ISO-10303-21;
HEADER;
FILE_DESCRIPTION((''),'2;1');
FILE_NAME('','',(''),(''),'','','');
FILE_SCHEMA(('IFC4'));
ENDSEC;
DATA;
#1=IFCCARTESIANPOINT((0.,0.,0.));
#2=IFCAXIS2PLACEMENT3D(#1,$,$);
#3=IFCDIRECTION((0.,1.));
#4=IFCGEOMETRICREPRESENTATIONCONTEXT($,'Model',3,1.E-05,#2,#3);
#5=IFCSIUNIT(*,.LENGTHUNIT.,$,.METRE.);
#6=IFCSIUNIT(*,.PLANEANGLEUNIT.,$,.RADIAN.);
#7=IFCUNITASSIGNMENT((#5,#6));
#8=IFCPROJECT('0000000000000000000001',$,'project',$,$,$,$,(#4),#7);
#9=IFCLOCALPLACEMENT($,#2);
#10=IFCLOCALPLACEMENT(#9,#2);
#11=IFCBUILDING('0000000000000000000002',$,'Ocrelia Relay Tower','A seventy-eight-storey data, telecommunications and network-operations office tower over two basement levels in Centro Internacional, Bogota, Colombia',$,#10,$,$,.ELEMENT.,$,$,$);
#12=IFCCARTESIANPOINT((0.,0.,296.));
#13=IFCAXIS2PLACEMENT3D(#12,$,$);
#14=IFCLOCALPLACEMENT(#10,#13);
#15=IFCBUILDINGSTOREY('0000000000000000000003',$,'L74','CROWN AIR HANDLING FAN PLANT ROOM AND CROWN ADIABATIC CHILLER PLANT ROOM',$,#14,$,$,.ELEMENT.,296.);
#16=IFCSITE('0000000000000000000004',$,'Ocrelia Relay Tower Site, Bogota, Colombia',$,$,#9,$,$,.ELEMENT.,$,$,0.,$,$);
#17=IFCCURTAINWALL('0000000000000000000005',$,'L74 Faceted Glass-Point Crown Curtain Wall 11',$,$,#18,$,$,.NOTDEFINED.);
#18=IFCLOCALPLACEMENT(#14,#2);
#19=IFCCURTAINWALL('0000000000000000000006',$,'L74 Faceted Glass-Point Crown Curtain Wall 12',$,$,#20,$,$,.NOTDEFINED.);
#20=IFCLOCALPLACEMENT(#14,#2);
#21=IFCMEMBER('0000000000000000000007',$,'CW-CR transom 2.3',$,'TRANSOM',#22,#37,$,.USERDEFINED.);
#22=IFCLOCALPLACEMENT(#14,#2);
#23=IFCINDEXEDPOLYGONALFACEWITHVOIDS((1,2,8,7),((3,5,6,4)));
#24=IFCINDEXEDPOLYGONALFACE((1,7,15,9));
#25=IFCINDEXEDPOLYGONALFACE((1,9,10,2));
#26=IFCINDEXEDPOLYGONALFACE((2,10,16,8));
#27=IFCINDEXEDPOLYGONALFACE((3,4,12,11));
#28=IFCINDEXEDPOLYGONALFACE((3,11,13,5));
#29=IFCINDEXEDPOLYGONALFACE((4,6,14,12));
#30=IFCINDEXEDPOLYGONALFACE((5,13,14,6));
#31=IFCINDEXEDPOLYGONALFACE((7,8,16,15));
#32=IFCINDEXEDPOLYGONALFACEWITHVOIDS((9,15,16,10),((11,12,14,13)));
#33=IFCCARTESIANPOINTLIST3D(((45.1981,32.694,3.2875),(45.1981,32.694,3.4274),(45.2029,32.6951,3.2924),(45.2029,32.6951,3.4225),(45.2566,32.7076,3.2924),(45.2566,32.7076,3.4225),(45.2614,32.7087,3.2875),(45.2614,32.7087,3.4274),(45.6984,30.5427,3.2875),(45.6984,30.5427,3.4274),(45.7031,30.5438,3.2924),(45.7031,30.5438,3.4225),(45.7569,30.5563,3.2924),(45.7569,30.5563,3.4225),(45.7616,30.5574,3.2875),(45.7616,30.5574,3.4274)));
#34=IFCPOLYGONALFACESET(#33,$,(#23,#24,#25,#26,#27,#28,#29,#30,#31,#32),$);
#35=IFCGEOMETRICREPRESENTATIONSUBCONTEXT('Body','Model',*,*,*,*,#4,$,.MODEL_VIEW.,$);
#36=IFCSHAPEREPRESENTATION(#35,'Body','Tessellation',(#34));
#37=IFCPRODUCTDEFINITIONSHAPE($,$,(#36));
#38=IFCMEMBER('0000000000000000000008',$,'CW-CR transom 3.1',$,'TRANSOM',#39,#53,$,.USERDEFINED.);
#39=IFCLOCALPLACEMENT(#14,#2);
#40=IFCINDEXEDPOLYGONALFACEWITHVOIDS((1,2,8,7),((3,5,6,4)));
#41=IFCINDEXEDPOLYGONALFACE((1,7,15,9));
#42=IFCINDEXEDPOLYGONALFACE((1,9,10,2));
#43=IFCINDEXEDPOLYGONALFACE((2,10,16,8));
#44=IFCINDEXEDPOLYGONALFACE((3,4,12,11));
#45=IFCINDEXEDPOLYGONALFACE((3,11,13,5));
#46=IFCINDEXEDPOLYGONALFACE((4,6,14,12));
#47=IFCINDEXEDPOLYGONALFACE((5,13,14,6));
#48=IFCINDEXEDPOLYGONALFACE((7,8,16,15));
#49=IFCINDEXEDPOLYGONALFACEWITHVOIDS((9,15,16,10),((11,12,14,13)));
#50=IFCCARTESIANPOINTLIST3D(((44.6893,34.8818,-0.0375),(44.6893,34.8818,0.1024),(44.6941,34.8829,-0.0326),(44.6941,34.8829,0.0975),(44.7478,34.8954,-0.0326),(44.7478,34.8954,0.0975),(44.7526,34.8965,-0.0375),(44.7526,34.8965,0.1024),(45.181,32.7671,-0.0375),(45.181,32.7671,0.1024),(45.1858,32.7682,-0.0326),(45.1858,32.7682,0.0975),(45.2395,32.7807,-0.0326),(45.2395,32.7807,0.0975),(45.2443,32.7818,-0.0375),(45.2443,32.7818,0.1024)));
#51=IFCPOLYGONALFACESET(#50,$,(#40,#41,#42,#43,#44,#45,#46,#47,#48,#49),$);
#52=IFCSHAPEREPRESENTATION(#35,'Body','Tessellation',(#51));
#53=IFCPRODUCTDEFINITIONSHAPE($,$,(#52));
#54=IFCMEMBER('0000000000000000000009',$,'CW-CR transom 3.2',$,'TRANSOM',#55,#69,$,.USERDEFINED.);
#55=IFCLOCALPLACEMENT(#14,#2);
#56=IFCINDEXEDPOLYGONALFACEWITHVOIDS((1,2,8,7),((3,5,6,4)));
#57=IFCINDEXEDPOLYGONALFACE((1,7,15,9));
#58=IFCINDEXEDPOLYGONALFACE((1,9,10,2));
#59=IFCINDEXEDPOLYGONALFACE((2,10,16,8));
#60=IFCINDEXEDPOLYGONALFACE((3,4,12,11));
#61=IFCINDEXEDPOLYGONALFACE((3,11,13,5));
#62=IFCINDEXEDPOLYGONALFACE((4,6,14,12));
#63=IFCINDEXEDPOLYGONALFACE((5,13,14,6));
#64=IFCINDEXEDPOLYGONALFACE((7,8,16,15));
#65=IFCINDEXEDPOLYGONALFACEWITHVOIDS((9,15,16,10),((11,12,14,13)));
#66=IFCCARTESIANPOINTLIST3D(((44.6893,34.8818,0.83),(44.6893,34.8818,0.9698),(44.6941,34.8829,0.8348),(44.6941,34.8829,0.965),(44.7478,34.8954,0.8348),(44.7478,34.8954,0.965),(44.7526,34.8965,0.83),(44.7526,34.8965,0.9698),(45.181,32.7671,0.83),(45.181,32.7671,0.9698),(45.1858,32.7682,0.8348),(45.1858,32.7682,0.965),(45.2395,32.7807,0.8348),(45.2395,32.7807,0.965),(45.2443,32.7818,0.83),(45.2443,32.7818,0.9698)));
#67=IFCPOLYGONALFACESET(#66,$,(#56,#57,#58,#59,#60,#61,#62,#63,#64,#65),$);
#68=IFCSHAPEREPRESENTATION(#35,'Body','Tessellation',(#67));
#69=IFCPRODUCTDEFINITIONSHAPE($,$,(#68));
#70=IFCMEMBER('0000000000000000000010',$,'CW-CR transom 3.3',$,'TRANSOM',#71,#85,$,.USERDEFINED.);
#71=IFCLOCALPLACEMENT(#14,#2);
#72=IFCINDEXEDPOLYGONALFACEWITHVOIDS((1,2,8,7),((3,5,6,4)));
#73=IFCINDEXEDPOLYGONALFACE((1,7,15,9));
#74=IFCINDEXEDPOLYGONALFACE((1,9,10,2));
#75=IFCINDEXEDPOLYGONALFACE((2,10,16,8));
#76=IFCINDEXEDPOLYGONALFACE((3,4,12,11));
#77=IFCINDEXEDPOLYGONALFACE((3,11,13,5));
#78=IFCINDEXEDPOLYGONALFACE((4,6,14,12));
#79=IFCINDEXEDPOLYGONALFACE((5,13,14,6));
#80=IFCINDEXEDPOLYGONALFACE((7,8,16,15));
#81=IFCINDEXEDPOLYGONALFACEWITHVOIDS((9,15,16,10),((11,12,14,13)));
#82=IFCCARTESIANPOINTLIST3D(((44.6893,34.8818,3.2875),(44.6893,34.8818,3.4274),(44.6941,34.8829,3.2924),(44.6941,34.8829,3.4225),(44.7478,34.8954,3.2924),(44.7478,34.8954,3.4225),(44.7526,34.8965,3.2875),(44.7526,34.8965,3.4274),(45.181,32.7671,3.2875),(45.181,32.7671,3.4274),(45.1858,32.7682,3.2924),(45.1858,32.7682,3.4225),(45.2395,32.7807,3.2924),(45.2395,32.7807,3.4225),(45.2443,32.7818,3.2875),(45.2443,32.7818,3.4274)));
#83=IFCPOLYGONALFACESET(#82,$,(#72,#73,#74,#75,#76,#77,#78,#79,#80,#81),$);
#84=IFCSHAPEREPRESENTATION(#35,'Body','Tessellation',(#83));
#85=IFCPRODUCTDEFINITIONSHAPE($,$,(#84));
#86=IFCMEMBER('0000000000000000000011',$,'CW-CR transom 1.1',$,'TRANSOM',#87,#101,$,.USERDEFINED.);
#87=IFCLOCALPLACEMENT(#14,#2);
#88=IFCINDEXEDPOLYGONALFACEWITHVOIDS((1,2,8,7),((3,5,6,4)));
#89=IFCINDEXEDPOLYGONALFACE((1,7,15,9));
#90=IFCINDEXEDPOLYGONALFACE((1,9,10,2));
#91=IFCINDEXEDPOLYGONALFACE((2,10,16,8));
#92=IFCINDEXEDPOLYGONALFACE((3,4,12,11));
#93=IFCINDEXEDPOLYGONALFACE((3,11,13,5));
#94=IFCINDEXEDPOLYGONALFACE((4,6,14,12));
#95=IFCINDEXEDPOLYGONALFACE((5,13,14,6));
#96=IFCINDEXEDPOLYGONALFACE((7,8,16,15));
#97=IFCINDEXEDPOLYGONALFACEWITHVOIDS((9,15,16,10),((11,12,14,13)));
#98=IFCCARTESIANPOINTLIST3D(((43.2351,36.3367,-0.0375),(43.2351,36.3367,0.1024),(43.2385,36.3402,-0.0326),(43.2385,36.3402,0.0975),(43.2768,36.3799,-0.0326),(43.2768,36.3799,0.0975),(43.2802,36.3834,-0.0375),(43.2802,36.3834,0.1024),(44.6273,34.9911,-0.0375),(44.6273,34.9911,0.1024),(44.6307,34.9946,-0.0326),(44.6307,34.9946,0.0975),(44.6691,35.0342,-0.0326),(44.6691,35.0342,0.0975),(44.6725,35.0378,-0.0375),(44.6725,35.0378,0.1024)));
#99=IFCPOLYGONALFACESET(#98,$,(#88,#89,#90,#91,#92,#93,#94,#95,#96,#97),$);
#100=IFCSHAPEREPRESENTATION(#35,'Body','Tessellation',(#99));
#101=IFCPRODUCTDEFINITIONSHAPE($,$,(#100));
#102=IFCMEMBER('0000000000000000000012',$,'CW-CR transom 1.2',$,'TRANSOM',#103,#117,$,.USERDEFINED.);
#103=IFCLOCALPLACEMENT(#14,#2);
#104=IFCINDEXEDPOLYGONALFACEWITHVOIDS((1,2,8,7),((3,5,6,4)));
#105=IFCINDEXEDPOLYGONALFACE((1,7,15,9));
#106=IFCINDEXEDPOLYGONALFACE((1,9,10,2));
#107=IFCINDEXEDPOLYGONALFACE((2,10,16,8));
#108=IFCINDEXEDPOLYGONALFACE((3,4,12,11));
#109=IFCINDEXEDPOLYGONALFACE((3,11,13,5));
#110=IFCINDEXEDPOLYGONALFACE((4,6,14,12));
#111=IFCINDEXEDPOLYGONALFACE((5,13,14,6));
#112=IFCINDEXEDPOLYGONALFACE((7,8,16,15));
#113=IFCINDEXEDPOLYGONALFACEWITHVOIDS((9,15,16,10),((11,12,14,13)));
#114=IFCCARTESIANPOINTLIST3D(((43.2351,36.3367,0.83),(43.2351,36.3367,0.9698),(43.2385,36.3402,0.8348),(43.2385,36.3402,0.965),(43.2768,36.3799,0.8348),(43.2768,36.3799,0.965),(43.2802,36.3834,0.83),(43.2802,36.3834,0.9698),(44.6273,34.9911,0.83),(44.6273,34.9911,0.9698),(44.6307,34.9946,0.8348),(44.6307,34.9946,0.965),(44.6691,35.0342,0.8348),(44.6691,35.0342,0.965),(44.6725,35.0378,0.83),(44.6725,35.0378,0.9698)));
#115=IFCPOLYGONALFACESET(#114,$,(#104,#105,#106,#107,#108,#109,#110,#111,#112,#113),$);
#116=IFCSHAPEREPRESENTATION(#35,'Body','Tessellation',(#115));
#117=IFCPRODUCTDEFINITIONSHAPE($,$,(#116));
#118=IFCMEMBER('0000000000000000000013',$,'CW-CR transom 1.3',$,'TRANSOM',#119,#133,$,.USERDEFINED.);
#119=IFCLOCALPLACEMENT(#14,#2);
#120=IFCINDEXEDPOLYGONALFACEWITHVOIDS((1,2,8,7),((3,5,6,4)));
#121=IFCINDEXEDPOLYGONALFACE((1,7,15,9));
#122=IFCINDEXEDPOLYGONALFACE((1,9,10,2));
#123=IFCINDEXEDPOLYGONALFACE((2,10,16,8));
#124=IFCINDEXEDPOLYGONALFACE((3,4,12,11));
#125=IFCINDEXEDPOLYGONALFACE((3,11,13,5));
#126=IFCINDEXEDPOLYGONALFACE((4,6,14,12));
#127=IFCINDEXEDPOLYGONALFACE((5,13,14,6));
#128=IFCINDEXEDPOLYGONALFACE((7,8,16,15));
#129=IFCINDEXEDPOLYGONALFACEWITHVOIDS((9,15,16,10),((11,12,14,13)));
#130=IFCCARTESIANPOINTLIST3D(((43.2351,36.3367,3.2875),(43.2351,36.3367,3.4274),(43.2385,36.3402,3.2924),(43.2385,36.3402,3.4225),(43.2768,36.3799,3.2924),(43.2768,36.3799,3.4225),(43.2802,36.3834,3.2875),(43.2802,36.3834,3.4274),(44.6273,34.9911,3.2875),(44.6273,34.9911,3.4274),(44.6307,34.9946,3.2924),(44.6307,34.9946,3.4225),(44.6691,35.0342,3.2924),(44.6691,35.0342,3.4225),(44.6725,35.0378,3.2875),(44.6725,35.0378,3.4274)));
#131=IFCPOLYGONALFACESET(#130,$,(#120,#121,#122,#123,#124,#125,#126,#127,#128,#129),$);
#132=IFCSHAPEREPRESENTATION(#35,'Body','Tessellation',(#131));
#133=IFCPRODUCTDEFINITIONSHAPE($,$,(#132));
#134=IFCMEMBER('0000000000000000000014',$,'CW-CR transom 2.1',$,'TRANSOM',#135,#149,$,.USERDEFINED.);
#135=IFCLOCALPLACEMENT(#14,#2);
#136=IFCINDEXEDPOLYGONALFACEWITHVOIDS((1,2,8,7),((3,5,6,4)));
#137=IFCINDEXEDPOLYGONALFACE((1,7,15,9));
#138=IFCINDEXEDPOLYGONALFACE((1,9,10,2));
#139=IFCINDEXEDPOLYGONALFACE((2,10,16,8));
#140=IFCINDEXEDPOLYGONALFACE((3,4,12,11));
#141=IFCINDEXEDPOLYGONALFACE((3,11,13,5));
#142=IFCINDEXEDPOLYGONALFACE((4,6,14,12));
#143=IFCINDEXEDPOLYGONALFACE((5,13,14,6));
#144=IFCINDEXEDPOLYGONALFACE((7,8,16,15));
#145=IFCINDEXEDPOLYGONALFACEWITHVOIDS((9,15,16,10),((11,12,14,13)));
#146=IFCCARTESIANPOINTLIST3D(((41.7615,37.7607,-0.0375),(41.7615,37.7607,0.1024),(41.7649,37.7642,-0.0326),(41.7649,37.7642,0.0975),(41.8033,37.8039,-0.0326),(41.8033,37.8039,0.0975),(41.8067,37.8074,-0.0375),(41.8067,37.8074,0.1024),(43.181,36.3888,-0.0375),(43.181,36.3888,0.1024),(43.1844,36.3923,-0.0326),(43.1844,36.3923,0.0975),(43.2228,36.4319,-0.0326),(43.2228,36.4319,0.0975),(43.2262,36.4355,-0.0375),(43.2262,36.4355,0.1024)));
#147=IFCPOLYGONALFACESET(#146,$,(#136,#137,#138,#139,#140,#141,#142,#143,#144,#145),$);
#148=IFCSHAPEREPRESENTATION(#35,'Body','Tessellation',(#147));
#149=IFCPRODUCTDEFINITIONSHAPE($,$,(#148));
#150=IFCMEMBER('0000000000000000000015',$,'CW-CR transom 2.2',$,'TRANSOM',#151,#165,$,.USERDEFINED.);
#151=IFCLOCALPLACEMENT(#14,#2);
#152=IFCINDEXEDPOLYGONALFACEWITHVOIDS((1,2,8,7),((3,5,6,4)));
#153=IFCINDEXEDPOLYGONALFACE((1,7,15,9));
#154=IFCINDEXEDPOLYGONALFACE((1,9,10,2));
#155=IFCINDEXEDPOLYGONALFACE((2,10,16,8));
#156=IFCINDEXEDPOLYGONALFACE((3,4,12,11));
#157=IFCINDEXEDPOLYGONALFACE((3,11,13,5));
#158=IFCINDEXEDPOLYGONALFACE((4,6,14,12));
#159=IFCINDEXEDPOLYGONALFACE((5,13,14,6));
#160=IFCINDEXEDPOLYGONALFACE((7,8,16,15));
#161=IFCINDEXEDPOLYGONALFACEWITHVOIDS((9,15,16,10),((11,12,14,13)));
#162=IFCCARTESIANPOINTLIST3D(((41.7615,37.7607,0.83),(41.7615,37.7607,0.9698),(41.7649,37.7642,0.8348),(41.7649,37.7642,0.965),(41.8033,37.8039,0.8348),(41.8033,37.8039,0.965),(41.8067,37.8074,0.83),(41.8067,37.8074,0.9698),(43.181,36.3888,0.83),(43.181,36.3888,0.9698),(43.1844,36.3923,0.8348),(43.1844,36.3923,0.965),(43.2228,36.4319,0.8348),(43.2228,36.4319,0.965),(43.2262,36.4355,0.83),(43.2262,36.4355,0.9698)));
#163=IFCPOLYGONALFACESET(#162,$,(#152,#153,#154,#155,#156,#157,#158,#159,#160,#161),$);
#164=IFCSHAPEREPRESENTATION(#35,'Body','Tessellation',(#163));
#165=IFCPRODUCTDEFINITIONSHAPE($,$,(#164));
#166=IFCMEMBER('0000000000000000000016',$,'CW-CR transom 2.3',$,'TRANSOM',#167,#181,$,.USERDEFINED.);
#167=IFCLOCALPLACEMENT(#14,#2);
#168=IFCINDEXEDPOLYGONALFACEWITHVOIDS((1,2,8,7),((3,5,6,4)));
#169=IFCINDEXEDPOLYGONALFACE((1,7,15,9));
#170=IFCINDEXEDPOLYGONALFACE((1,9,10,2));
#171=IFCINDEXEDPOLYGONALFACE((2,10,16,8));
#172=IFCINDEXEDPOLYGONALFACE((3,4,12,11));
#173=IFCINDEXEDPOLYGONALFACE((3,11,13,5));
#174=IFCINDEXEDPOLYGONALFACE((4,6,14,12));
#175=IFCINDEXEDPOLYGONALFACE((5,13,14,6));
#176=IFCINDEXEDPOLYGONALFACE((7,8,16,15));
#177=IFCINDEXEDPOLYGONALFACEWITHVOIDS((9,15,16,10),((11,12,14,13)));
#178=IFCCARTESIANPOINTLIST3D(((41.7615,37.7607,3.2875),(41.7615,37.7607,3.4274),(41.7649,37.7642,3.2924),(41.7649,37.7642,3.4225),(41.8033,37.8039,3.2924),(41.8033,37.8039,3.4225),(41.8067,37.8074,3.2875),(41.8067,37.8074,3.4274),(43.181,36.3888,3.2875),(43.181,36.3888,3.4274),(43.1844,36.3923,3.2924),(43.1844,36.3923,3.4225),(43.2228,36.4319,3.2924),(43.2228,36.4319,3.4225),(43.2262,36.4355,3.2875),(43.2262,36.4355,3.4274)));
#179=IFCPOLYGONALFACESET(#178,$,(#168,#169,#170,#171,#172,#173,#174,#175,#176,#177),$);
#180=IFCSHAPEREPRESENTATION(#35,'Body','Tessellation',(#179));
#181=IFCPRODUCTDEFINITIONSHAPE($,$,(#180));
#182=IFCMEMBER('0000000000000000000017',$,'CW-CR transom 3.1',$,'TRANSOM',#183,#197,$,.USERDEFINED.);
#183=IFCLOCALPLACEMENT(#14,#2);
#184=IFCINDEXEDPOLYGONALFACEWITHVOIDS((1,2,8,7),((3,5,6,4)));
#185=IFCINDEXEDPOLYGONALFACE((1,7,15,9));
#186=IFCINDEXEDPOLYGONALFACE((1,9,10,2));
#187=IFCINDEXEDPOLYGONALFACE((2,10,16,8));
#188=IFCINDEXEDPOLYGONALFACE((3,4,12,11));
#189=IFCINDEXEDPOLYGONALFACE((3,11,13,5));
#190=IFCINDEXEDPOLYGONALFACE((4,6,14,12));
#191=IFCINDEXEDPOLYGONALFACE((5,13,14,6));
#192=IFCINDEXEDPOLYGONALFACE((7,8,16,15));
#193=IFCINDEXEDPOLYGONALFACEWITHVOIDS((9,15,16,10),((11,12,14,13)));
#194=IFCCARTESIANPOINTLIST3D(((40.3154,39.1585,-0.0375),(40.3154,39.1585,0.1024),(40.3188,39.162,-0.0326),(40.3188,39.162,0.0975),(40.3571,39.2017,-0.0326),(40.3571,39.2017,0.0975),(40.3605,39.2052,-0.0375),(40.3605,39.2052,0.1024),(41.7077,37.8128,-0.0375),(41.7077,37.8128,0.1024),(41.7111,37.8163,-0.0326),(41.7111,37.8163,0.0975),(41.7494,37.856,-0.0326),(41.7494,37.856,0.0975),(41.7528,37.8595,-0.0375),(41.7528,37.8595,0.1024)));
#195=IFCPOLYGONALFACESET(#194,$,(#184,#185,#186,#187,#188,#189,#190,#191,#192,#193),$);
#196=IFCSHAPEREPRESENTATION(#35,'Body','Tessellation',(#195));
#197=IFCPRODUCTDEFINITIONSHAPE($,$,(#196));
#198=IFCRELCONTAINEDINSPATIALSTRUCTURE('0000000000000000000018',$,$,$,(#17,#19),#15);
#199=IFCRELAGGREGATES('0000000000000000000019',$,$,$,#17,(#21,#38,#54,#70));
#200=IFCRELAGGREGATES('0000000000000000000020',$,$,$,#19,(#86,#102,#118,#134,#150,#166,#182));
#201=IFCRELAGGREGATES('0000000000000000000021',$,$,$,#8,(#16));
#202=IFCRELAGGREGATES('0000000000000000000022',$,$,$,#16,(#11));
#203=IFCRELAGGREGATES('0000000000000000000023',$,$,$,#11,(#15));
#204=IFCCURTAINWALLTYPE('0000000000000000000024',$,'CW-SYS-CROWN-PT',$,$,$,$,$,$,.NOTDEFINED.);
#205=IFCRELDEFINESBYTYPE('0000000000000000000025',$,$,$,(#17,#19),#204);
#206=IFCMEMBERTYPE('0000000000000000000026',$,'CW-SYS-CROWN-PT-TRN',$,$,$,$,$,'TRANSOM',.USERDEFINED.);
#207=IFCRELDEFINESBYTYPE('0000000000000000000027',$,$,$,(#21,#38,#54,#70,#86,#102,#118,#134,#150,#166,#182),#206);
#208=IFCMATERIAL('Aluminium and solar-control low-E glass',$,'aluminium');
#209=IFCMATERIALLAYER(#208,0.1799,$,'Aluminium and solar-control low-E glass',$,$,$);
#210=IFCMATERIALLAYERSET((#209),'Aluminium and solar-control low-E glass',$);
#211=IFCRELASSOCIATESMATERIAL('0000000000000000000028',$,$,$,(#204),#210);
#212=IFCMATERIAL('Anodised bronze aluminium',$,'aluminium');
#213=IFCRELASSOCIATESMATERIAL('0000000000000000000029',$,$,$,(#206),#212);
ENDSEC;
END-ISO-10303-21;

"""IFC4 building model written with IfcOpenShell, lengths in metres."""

from ifc_helpers import new_model, si_unit, direction, frame, origin, origin_2d, place, context, subcontext, project, spatial, hollow_rectangle, extrude, material, layer, layer_set, material_profile, profile_set, type_object, element, aggregate, save


model = new_model("IFC4")

# Units and contexts
model_context = context("Model", 3, precision=1e-05, world=origin(), true_north=direction((0.0, 1.0)))
body_context = subcontext(model_context, "Body", "Model", "MODEL_VIEW")
ifc_project = project(units=[si_unit("LENGTHUNIT", "METRE"), si_unit("PLANEANGLEUNIT", "RADIAN")], contexts=[model_context])

# Site, building, storey
site_placement = place(None, origin())
site = spatial("IfcSite", under=ifc_project, at=site_placement, Name="Ocrelia Relay Tower Site, Bogota, Colombia", CompositionType="ELEMENT", RefElevation=0.0)
building_placement = place(site_placement, origin())
building = spatial("IfcBuilding", under=site, at=building_placement, Name="Ocrelia Relay Tower", Description="A seventy-eight-storey data, telecommunications and network-operations office tower over two basement levels in Centro Internacional, Bogota, Colombia", CompositionType="ELEMENT")
storey_placement = place(building_placement, frame((0.0, 0.0, 296.0)))
storey = spatial("IfcBuildingStorey", under=building, at=storey_placement, Name="L74", Description="CROWN AIR HANDLING FAN PLANT ROOM AND CROWN ADIABATIC CHILLER PLANT ROOM", CompositionType="ELEMENT", Elevation=296.0)

# Curtain walls
ifc_material_1 = material(Name="Aluminium and solar-control low-E glass", Category="aluminium")
ifc_layer_1 = layer(ifc_material_1, 0.1799, Name="Aluminium and solar-control low-E glass")
ifc_layer_set_1 = layer_set([ifc_layer_1], Name="Aluminium and solar-control low-E glass")
curtain_wall_type = type_object("IfcCurtainWallType", Name="CW-SYS-CROWN-PT", PredefinedType="NOTDEFINED", material=ifc_layer_set_1)
curtain_wall_1_placement = place(storey_placement, origin())
curtain_wall_1 = element("IfcCurtainWall", 1, at=curtain_wall_1_placement, inside=storey, type_object=curtain_wall_type, Name="L74 Faceted Glass-Point Crown Curtain Wall 11", PredefinedType="NOTDEFINED")
ifc_material_2 = material(Name="Anodised bronze aluminium", Category="aluminium")
curtain_wall_2_placement = place(storey_placement, origin())
curtain_wall_2 = element("IfcCurtainWall", 2, at=curtain_wall_2_placement, inside=storey, type_object=curtain_wall_type, Name="L74 Faceted Glass-Point Crown Curtain Wall 12", PredefinedType="NOTDEFINED")

# Members
ifc_material_profile_1 = material_profile(ifc_material_2, hollow_rectangle(XDim=0.0649, YDim=0.1399, WallThickness=0.0049, at=origin_2d()), Name="CW-TRN-140x65")
ifc_profile_set_1 = profile_set([ifc_material_profile_1], Name="Anodised bronze aluminium")
member_type_1 = type_object("IfcMemberType", Name="CW-SYS-CROWN-PT-TRN", ElementType="TRANSOM", PredefinedType="USERDEFINED", material=ifc_profile_set_1)
member_1_placement = place(storey_placement, frame((45.73, 30.55, 3.3574), z_axis=(-0.226482, 0.974015, 0.0), x_axis=(-0.974015, -0.226482, 0.0)))
member_1 = element("IfcMember", 3, at=member_1_placement, type_object=member_type_1, Name="CW-CR transom 2.3", ObjectType="TRANSOM", PredefinedType="USERDEFINED", context=body_context, shape_type="SweptSolid", body=[
    extrude(hollow_rectangle(XDim=0.0649, YDim=0.1399, WallThickness=0.0049, at=origin_2d()), origin(), (0.0, 0.0, 1.0), 2.2087),
])
member_2_placement = place(storey_placement, frame((45.2126, 32.7744, 0.0325), z_axis=(-0.226469, 0.974018, 0.0), x_axis=(-0.974018, -0.226469, 0.0)))
member_2 = element("IfcMember", 4, at=member_2_placement, type_object=member_type_1, Name="CW-CR transom 3.1", ObjectType="TRANSOM", PredefinedType="USERDEFINED", context=body_context, shape_type="SweptSolid", body=[
    extrude(hollow_rectangle(XDim=0.0649, YDim=0.1399, WallThickness=0.0049, at=origin_2d()), origin(), (0.0, 0.0, 1.0), 2.1711),
])
member_3_placement = place(storey_placement, frame((45.2126, 32.7744, 0.8999), z_axis=(-0.226469, 0.974018, 0.0), x_axis=(-0.974018, -0.226469, 0.0)))
member_3 = element("IfcMember", 5, at=member_3_placement, type_object=member_type_1, Name="CW-CR transom 3.2", ObjectType="TRANSOM", PredefinedType="USERDEFINED", context=body_context, shape_type="SweptSolid", body=[
    extrude(hollow_rectangle(XDim=0.0649, YDim=0.1399, WallThickness=0.0049, at=origin_2d()), origin(), (0.0, 0.0, 1.0), 2.1711),
])
member_4_placement = place(storey_placement, frame((45.2126, 32.7744, 3.3574), z_axis=(-0.226469, 0.974018, 0.0), x_axis=(-0.974018, -0.226469, 0.0)))
member_4 = element("IfcMember", 6, at=member_4_placement, type_object=member_type_1, Name="CW-CR transom 3.3", ObjectType="TRANSOM", PredefinedType="USERDEFINED", context=body_context, shape_type="SweptSolid", body=[
    extrude(hollow_rectangle(XDim=0.0649, YDim=0.1399, WallThickness=0.0049, at=origin_2d()), origin(), (0.0, 0.0, 1.0), 2.1711),
])
member_5_placement = place(storey_placement, frame((44.6499, 35.0144, 0.0325), z_axis=(-0.719045, 0.694963, 0.0), x_axis=(-0.694963, -0.719045, 0.0)))
member_5 = element("IfcMember", 7, at=member_5_placement, type_object=member_type_1, Name="CW-CR transom 1.1", ObjectType="TRANSOM", PredefinedType="USERDEFINED", context=body_context, shape_type="SweptSolid", body=[
    extrude(hollow_rectangle(XDim=0.0649, YDim=0.1399, WallThickness=0.0049, at=origin_2d()), origin(), (0.0, 0.0, 1.0), 1.9363),
])
member_6_placement = place(storey_placement, frame((44.6499, 35.0144, 0.8999), z_axis=(-0.719045, 0.694963, 0.0), x_axis=(-0.694963, -0.719045, 0.0)))
member_6 = element("IfcMember", 8, at=member_6_placement, type_object=member_type_1, Name="CW-CR transom 1.2", ObjectType="TRANSOM", PredefinedType="USERDEFINED", context=body_context, shape_type="SweptSolid", body=[
    extrude(hollow_rectangle(XDim=0.0649, YDim=0.1399, WallThickness=0.0049, at=origin_2d()), origin(), (0.0, 0.0, 1.0), 1.9363),
])
member_7_placement = place(storey_placement, frame((44.6499, 35.0144, 3.3574), z_axis=(-0.719045, 0.694963, 0.0), x_axis=(-0.694963, -0.719045, 0.0)))
member_7 = element("IfcMember", 9, at=member_7_placement, type_object=member_type_1, Name="CW-CR transom 1.3", ObjectType="TRANSOM", PredefinedType="USERDEFINED", context=body_context, shape_type="SweptSolid", body=[
    extrude(hollow_rectangle(XDim=0.0649, YDim=0.1399, WallThickness=0.0049, at=origin_2d()), origin(), (0.0, 0.0, 1.0), 1.9363),
])
member_8_placement = place(storey_placement, frame((43.2036, 36.4121, 0.0325), z_axis=(-0.719063, 0.694945, 0.0), x_axis=(-0.694945, -0.719063, 0.0)))
member_8 = element("IfcMember", 10, at=member_8_placement, type_object=member_type_1, Name="CW-CR transom 2.1", ObjectType="TRANSOM", PredefinedType="USERDEFINED", context=body_context, shape_type="SweptSolid", body=[
    extrude(hollow_rectangle(XDim=0.0649, YDim=0.1399, WallThickness=0.0049, at=origin_2d()), origin(), (0.0, 0.0, 1.0), 1.9741),
])
member_9_placement = place(storey_placement, frame((43.2036, 36.4121, 0.8999), z_axis=(-0.719063, 0.694945, 0.0), x_axis=(-0.694945, -0.719063, 0.0)))
member_9 = element("IfcMember", 11, at=member_9_placement, type_object=member_type_1, Name="CW-CR transom 2.2", ObjectType="TRANSOM", PredefinedType="USERDEFINED", context=body_context, shape_type="SweptSolid", body=[
    extrude(hollow_rectangle(XDim=0.0649, YDim=0.1399, WallThickness=0.0049, at=origin_2d()), origin(), (0.0, 0.0, 1.0), 1.9741),
])
member_10_placement = place(storey_placement, frame((43.2036, 36.4121, 3.3574), z_axis=(-0.719063, 0.694945, 0.0), x_axis=(-0.694945, -0.719063, 0.0)))
member_10 = element("IfcMember", 12, at=member_10_placement, type_object=member_type_1, Name="CW-CR transom 2.3", ObjectType="TRANSOM", PredefinedType="USERDEFINED", context=body_context, shape_type="SweptSolid", body=[
    extrude(hollow_rectangle(XDim=0.0649, YDim=0.1399, WallThickness=0.0049, at=origin_2d()), origin(), (0.0, 0.0, 1.0), 1.9741),
])
member_11_placement = place(storey_placement, frame((41.7302, 37.8362, 0.0325), z_axis=(-0.719045, 0.694963, 0.0), x_axis=(-0.694963, -0.719045, 0.0)))
member_11 = element("IfcMember", 13, at=member_11_placement, type_object=member_type_1, Name="CW-CR transom 3.1", ObjectType="TRANSOM", PredefinedType="USERDEFINED", context=body_context, shape_type="SweptSolid", body=[
    extrude(hollow_rectangle(XDim=0.0649, YDim=0.1399, WallThickness=0.0049, at=origin_2d()), origin(), (0.0, 0.0, 1.0), 1.9363),
])

aggregate(curtain_wall_1, [member_1, member_2, member_3, member_4])
aggregate(curtain_wall_2, [member_5, member_6, member_7, member_8, member_9, member_10, member_11])

save(model, "model.ifc")
